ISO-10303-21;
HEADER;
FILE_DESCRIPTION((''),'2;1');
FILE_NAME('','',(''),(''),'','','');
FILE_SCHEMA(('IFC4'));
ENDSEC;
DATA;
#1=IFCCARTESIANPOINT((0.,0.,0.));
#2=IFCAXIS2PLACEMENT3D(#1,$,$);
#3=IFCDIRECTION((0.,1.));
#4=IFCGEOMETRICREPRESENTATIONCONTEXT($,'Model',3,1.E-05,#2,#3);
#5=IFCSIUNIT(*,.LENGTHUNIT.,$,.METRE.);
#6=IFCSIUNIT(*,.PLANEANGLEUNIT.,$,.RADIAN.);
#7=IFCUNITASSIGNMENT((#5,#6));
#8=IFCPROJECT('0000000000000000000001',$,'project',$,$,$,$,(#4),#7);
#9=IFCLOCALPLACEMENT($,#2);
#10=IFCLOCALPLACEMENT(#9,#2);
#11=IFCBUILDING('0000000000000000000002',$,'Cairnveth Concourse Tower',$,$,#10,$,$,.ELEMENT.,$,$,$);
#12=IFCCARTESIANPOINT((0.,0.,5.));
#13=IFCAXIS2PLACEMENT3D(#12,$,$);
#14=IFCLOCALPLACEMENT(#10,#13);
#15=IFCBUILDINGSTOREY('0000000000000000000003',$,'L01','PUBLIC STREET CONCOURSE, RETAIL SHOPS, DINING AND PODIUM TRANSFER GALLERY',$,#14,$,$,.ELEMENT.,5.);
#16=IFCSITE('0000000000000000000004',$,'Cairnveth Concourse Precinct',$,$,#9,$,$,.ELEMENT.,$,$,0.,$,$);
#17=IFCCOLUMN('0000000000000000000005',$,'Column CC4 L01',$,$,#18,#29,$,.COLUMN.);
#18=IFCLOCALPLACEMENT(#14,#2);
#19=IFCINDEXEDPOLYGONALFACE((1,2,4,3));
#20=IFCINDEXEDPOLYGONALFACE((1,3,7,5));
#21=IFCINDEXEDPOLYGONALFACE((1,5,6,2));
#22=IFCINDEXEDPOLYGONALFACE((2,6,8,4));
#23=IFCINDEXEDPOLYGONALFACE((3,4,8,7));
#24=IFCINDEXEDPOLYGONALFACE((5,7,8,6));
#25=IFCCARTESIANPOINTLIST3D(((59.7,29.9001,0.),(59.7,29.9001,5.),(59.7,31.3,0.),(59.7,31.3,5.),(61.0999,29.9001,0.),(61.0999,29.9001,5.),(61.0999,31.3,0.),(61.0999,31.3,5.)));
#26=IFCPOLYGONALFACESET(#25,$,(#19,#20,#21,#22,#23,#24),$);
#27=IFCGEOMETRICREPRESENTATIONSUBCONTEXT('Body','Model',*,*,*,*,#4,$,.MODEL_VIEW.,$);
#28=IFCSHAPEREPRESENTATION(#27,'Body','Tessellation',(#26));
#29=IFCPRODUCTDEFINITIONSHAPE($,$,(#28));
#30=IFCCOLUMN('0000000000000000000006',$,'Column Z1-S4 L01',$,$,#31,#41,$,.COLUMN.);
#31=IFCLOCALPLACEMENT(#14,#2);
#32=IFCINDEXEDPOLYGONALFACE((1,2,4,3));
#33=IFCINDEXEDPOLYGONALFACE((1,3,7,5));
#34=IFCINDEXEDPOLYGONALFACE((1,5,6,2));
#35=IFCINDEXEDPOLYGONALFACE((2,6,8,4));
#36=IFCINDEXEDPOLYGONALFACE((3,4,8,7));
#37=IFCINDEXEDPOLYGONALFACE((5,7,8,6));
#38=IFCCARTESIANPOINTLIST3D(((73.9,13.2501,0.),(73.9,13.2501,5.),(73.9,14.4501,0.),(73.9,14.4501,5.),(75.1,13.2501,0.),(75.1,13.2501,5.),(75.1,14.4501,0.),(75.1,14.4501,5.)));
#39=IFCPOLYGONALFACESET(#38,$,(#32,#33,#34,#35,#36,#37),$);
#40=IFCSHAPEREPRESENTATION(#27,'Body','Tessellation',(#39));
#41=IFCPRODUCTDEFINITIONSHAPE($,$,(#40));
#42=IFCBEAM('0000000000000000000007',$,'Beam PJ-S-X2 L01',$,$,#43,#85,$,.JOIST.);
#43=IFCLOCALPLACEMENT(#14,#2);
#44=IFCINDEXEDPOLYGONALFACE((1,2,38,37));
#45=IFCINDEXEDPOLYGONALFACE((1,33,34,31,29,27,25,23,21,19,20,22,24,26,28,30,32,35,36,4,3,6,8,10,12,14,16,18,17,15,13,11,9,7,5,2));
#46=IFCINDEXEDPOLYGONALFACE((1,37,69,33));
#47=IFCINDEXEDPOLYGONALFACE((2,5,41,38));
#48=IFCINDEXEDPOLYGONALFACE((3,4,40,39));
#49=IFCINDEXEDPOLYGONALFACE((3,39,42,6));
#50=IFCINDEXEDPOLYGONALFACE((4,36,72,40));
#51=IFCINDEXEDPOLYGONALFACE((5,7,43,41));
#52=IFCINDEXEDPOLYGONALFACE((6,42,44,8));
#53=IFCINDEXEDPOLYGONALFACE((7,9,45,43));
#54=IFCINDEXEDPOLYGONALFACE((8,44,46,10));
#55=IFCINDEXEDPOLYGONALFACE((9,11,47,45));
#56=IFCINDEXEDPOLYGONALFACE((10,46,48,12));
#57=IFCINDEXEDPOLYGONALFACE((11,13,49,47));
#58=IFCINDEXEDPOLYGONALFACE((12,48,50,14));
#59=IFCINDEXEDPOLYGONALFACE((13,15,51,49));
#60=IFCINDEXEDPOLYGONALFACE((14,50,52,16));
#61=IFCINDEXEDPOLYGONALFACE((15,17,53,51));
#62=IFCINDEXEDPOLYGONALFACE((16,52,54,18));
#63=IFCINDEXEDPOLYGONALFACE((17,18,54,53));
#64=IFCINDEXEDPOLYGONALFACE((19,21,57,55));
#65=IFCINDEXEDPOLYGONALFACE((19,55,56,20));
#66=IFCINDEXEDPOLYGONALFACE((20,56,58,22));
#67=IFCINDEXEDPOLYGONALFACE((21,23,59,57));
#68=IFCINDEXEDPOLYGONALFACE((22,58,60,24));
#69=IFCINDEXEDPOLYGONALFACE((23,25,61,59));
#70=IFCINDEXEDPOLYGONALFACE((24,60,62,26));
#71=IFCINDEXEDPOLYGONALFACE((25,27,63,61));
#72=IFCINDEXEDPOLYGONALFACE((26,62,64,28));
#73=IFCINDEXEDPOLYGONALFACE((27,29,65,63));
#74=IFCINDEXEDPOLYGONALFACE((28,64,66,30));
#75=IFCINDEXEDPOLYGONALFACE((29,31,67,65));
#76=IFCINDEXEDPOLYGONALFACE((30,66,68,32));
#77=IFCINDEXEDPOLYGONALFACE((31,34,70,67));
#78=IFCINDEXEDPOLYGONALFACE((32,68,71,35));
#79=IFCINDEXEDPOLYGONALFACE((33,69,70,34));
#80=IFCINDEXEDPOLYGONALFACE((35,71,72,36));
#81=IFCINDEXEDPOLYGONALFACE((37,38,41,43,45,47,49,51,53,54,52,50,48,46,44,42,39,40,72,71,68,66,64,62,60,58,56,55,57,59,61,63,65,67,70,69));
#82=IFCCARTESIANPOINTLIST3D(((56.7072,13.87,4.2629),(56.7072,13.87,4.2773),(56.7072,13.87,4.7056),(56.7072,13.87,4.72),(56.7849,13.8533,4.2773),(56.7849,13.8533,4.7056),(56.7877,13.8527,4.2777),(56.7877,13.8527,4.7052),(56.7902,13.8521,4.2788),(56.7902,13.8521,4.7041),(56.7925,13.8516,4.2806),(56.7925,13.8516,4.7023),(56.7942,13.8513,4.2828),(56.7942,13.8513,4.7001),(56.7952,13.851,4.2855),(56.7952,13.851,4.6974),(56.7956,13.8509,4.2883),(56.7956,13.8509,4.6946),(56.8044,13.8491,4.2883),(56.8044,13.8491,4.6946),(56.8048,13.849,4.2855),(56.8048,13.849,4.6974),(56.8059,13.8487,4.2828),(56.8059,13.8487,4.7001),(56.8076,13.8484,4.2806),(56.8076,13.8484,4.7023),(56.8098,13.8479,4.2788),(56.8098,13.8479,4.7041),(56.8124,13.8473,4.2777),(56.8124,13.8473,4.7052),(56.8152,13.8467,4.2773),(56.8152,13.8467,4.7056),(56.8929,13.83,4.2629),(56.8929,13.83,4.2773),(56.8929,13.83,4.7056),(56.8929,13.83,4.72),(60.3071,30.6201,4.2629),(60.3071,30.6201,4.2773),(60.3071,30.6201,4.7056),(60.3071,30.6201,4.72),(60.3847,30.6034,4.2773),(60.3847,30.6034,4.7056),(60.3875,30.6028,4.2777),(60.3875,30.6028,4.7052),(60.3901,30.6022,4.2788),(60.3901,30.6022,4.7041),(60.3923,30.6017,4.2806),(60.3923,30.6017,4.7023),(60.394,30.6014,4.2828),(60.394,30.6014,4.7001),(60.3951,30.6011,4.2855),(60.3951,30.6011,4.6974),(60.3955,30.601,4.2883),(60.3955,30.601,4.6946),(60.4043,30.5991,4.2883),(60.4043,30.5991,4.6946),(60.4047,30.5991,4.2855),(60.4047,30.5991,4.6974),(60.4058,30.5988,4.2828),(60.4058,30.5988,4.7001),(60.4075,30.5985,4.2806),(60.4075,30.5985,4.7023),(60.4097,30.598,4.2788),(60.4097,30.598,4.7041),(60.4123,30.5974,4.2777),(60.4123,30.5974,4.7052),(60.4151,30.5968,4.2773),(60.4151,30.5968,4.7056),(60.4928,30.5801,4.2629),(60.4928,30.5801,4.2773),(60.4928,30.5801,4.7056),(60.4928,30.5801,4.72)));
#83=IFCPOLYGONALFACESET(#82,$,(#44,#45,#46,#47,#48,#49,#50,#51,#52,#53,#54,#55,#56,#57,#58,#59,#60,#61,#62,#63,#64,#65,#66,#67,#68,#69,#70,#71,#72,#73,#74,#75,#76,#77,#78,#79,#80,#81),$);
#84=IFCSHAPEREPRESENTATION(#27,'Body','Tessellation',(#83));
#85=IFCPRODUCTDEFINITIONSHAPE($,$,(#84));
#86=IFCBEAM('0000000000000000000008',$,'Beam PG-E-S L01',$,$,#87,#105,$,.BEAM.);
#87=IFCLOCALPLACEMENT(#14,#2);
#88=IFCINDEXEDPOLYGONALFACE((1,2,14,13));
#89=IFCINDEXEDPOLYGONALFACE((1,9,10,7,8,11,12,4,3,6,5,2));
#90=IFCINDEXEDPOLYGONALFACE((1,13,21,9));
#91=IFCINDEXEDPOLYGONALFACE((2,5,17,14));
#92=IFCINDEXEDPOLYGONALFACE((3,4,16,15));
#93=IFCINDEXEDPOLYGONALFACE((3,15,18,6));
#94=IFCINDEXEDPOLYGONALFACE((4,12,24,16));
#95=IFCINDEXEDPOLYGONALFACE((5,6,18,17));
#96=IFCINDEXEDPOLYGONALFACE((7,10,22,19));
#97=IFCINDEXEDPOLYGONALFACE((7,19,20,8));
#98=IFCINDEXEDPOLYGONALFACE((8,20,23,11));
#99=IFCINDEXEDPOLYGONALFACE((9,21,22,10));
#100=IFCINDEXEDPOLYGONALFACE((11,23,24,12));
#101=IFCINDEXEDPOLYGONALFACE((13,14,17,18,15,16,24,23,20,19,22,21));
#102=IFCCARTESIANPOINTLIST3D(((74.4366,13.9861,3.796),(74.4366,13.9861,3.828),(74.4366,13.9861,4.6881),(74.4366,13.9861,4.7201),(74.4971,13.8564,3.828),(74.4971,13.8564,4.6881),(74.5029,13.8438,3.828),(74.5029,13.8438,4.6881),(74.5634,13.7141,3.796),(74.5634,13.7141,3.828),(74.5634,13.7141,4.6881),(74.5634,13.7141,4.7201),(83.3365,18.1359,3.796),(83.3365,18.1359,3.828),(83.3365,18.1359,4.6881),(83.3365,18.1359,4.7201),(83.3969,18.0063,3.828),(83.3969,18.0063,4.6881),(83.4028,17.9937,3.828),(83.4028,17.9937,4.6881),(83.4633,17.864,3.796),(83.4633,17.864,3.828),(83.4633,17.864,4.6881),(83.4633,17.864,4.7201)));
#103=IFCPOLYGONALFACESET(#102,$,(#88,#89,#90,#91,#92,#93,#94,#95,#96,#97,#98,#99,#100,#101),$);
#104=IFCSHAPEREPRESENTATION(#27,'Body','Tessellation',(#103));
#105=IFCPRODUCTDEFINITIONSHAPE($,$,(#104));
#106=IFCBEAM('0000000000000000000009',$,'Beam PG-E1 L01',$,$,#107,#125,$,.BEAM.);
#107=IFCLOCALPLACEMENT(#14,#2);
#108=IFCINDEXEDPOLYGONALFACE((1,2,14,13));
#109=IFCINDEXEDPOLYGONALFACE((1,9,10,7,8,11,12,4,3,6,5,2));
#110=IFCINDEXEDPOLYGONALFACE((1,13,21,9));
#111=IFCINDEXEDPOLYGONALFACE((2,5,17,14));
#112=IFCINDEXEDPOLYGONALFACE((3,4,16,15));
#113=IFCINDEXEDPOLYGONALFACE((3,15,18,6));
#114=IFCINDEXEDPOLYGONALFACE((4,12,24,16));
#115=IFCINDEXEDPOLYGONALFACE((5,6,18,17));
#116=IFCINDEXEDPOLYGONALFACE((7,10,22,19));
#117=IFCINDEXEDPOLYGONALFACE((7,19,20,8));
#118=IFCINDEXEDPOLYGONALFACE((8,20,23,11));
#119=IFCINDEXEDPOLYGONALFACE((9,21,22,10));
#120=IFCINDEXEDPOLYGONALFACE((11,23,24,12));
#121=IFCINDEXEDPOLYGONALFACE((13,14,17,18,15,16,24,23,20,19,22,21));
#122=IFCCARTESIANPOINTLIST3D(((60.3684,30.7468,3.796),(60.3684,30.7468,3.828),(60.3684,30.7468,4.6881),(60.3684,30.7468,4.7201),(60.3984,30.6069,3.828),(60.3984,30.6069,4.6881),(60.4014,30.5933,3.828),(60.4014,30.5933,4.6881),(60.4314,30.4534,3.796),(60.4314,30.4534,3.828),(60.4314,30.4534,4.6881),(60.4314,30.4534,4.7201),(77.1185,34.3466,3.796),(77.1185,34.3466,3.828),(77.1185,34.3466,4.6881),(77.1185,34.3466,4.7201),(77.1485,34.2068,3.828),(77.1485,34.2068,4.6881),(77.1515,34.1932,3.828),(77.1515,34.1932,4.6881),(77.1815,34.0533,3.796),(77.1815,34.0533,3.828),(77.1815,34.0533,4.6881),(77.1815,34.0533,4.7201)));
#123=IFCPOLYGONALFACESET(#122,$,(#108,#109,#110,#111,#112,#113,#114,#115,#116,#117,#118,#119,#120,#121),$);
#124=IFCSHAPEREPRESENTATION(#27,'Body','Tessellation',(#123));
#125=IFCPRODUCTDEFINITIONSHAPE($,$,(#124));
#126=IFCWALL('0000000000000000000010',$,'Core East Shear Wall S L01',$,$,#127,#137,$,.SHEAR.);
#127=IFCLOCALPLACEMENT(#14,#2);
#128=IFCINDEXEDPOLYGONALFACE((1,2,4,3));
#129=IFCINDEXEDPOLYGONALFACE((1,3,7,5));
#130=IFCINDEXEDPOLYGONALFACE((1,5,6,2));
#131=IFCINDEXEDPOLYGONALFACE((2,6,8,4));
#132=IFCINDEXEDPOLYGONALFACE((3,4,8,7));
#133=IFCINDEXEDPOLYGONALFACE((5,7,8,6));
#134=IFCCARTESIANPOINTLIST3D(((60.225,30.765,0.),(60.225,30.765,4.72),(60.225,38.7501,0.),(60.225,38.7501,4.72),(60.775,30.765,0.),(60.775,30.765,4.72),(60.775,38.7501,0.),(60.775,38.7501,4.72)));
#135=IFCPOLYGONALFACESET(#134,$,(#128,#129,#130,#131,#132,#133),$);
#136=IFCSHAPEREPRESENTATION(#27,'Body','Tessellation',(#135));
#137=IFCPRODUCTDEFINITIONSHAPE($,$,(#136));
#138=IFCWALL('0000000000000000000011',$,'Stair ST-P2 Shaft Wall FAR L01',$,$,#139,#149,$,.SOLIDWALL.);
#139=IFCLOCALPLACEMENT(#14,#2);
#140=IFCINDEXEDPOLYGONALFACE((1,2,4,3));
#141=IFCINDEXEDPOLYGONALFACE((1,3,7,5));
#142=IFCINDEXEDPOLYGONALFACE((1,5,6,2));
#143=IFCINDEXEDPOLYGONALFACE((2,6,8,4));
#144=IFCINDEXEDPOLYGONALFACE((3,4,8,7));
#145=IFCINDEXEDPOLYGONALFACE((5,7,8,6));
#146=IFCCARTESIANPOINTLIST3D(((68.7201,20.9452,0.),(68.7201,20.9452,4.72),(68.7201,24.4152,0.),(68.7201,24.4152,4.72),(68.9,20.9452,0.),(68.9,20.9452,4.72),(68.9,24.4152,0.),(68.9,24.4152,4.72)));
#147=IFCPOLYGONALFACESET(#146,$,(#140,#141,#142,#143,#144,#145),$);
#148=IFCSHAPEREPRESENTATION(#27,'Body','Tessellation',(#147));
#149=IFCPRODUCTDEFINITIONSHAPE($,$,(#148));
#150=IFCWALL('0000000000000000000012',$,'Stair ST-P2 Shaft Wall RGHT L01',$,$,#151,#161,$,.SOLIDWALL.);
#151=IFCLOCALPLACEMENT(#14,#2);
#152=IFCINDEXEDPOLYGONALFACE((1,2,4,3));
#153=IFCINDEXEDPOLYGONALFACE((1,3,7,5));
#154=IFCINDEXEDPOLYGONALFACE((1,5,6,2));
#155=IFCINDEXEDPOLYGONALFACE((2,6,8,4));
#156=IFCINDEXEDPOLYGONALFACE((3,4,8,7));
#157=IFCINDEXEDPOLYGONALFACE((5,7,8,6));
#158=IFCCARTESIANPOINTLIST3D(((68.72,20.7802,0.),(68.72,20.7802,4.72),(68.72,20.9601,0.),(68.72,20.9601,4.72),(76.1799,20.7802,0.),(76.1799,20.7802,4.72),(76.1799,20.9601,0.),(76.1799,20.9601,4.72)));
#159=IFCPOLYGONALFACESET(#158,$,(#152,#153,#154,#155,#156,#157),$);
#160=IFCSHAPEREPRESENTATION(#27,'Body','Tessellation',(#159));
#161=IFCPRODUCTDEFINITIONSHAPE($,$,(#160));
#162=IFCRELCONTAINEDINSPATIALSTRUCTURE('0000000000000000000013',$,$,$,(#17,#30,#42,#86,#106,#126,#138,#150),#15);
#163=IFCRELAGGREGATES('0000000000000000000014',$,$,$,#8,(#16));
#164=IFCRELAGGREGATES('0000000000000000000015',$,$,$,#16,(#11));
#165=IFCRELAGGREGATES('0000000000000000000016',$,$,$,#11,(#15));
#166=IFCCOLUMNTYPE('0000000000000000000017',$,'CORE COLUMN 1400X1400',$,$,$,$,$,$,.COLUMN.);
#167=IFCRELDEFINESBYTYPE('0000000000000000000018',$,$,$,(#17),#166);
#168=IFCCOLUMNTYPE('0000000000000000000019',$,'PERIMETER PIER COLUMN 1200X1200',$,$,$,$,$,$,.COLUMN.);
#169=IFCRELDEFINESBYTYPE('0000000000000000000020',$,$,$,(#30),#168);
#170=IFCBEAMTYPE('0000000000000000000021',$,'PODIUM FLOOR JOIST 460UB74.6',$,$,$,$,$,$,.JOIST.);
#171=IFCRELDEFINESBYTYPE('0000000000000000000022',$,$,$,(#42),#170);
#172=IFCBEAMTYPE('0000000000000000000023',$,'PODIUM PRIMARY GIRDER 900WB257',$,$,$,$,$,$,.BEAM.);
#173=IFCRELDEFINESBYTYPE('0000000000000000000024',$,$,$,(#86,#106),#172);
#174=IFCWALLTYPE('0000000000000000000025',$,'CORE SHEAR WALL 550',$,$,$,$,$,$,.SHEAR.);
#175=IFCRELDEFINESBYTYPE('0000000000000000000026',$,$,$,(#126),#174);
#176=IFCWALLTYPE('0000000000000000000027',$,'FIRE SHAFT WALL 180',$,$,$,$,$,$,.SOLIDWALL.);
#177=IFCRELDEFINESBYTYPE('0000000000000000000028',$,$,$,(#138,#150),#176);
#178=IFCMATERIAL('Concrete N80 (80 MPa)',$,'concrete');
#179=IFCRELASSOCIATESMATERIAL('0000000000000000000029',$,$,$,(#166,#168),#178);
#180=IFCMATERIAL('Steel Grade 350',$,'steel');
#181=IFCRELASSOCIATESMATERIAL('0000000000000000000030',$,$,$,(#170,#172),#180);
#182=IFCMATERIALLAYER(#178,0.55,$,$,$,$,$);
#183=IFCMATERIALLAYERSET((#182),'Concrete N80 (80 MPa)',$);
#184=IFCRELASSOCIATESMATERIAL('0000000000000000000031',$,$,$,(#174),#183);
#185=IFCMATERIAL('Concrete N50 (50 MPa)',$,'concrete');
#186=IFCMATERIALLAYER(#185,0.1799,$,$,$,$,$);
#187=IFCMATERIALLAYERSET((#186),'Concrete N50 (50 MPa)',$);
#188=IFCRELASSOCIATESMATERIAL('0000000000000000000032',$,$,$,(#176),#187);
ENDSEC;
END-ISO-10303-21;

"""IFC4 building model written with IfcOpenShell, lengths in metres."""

from ifc_helpers import new_model, si_unit, direction, frame, frame_2d, origin, origin_2d, place, context, subcontext, project, spatial, rectangle, i_section, extrude, material, layer, layer_set, material_profile, profile_set, type_object, element, save


model = new_model("IFC4")

# Units and contexts
model_context = context("Model", 3, precision=1e-05, world=origin(), true_north=direction((0.0, 1.0)))
body_context = subcontext(model_context, "Body", "Model", "MODEL_VIEW")
ifc_project = project(units=[si_unit("LENGTHUNIT", "METRE"), si_unit("PLANEANGLEUNIT", "RADIAN")], contexts=[model_context])

# Site, building, storey
site_placement = place(None, origin())
site = spatial("IfcSite", under=ifc_project, at=site_placement, Name="Cairnveth Concourse Precinct", CompositionType="ELEMENT", RefElevation=0.0)
building_placement = place(site_placement, origin())
building = spatial("IfcBuilding", under=site, at=building_placement, Name="Cairnveth Concourse Tower", CompositionType="ELEMENT")
storey_placement = place(building_placement, frame((0.0, 0.0, 5.0)))
storey = spatial("IfcBuildingStorey", under=building, at=storey_placement, Name="L01", Description="PUBLIC STREET CONCOURSE, RETAIL SHOPS, DINING AND PODIUM TRANSFER GALLERY", CompositionType="ELEMENT", Elevation=5.0)

# Columns
ifc_material_1 = material(Name="Concrete N80 (80 MPa)", Category="concrete")
ifc_material_profile_1 = material_profile(ifc_material_1, rectangle(XDim=1.3999, YDim=1.3999, at=origin_2d()), Name="RC-COL-1400x1400")
ifc_profile_set_1 = profile_set([ifc_material_profile_1], Name="Concrete N80 (80 MPa)")
column_type_1 = type_object("IfcColumnType", Name="CORE COLUMN 1400X1400", PredefinedType="COLUMN", material=ifc_profile_set_1)
column_1_placement = place(storey_placement, frame((60.3999, 30.6001, 0.0), z_axis=(0.0, 0.0, 1.0), x_axis=(1.0, 0.0, 0.0)))
element("IfcColumn", 1, at=column_1_placement, inside=storey, type_object=column_type_1, Name="Column CC4 L01", PredefinedType="COLUMN", context=body_context, shape_type="SweptSolid", body=[
    extrude(rectangle(XDim=1.3999, YDim=1.3999, at=origin_2d()), origin(), (0.0, 0.0, 1.0), 5.0),
])
ifc_material_profile_2 = material_profile(ifc_material_1, rectangle(XDim=1.2, YDim=1.2, at=origin_2d()), Name="RC-COL-1200x1200")
ifc_profile_set_2 = profile_set([ifc_material_profile_2], Name="Concrete N80 (80 MPa)")
column_type_2 = type_object("IfcColumnType", Name="PERIMETER PIER COLUMN 1200X1200", PredefinedType="COLUMN", material=ifc_profile_set_2)
column_2_placement = place(storey_placement, frame((74.5, 13.8501, 0.0), z_axis=(0.0, 0.0, 1.0), x_axis=(1.0, 0.0, 0.0)))
element("IfcColumn", 2, at=column_2_placement, inside=storey, type_object=column_type_2, Name="Column Z1-S4 L01", PredefinedType="COLUMN", context=body_context, shape_type="SweptSolid", body=[
    extrude(rectangle(XDim=1.2, YDim=1.2, at=origin_2d()), origin(), (0.0, 0.0, 1.0), 5.0),
])

# Beams
ifc_material_2 = material(Name="Steel Grade 350", Category="steel")
ifc_material_profile_3 = material_profile(ifc_material_2, i_section(OverallWidth=0.1899, OverallDepth=0.457, WebThickness=0.009, FlangeThickness=0.0144, FilletRadius=0.011, at=origin_2d()), Name="460UB74.6")
ifc_profile_set_3 = profile_set([ifc_material_profile_3], Name="Steel Grade 350")
beam_type_1 = type_object("IfcBeamType", Name="PODIUM FLOOR JOIST 460UB74.6", PredefinedType="JOIST", material=ifc_profile_set_3)
beam_1_placement = place(storey_placement, frame((60.3999, 30.6001, 4.4915), z_axis=(-0.210119, -0.977676, 0.0), x_axis=(0.977676, -0.210119, 0.0)))
element("IfcBeam", 3, at=beam_1_placement, inside=storey, type_object=beam_type_1, Name="Beam PJ-S-X2 L01", PredefinedType="JOIST", context=body_context, shape_type="SweptSolid", body=[
    extrude(i_section(OverallWidth=0.1899, OverallDepth=0.457, WebThickness=0.009, FlangeThickness=0.0144, FilletRadius=0.011, at=origin_2d()), origin(), (0.0, 0.0, 1.0), 17.1326),
])
ifc_material_profile_4 = material_profile(ifc_material_2, i_section(OverallWidth=0.3, OverallDepth=0.9241, WebThickness=0.0139, FlangeThickness=0.032, at=origin_2d()), Name="900WB257")
ifc_profile_set_4 = profile_set([ifc_material_profile_4], Name="Steel Grade 350")
beam_type_2 = type_object("IfcBeamType", Name="PODIUM PRIMARY GIRDER 900WB257", PredefinedType="BEAM", material=ifc_profile_set_4)
beam_2_placement = place(storey_placement, frame((74.5, 13.8501, 4.2581), z_axis=(0.906315, 0.422602, 0.0), x_axis=(-0.422602, 0.906315, 0.0)))
element("IfcBeam", 4, at=beam_2_placement, inside=storey, type_object=beam_type_2, Name="Beam PG-E-S L01", PredefinedType="BEAM", context=body_context, shape_type="SweptSolid", body=[
    extrude(i_section(OverallWidth=0.3, OverallDepth=0.9241, WebThickness=0.0139, FlangeThickness=0.032, at=origin_2d()), origin(), (0.0, 0.0, 1.0), 9.8198),
])
beam_3_placement = place(storey_placement, frame((60.3999, 30.6001, 4.2581), z_axis=(0.977676, 0.210119, 0.0), x_axis=(-0.210119, 0.977676, 0.0)))
element("IfcBeam", 5, at=beam_3_placement, inside=storey, type_object=beam_type_2, Name="Beam PG-E1 L01", PredefinedType="BEAM", context=body_context, shape_type="SweptSolid", body=[
    extrude(i_section(OverallWidth=0.3, OverallDepth=0.9241, WebThickness=0.0139, FlangeThickness=0.032, at=origin_2d()), origin(), (0.0, 0.0, 1.0), 17.1326),
])

# Wall
ifc_layer_1 = layer(ifc_material_1, 0.55)
ifc_layer_set_1 = layer_set([ifc_layer_1], Name="Concrete N80 (80 MPa)")
wall_type_1 = type_object("IfcWallType", Name="CORE SHEAR WALL 550", PredefinedType="SHEAR", material=ifc_layer_set_1)
wall_1_placement = place(storey_placement, frame((60.5, 30.7649, 0.0), z_axis=(0.0, 0.0, 1.0), x_axis=(0.0, 1.0, 0.0)))
element("IfcWall", 6, at=wall_1_placement, inside=storey, type_object=wall_type_1, Name="Core East Shear Wall S L01", PredefinedType="SHEAR", context=body_context, shape_type="SweptSolid", body=[
    extrude(rectangle(XDim=7.9851, YDim=0.55, at=frame_2d((3.9927, 0.0))), origin(), (0.0, 0.0, 1.0), 4.72),
])

# Shared definitions
ifc_material_3 = material(Name="Concrete N50 (50 MPa)", Category="concrete")
ifc_layer_2 = layer(ifc_material_3, 0.1799)
ifc_layer_set_2 = layer_set([ifc_layer_2], Name="Concrete N50 (50 MPa)")
wall_type_2 = type_object("IfcWallType", Name="FIRE SHAFT WALL 180", PredefinedType="SOLIDWALL", material=ifc_layer_set_2)

# Walls
wall_2_placement = place(storey_placement, frame((68.8101, 24.415, 0.0), z_axis=(0.0, 0.0, 1.0), x_axis=(0.0, -1.0, 0.0)))
element("IfcWall", 7, at=wall_2_placement, inside=storey, type_object=wall_type_2, Name="Stair ST-P2 Shaft Wall FAR L01", PredefinedType="SOLIDWALL", context=body_context, shape_type="SweptSolid", body=[
    extrude(rectangle(XDim=3.47, YDim=0.1799, at=frame_2d((1.7349, 0.0))), origin(), (0.0, 0.0, 1.0), 4.72),
])
wall_3_placement = place(storey_placement, frame((76.1799, 20.8701, 0.0), z_axis=(0.0, 0.0, 1.0), x_axis=(-1.0, 0.0, 0.0)))
element("IfcWall", 8, at=wall_3_placement, inside=storey, type_object=wall_type_2, Name="Stair ST-P2 Shaft Wall RGHT L01", PredefinedType="SOLIDWALL", context=body_context, shape_type="SweptSolid", body=[
    extrude(rectangle(XDim=7.46, YDim=0.1799, at=frame_2d((3.73, 0.0))), origin(), (0.0, 0.0, 1.0), 4.72),
])

save(model, "model.ifc")
